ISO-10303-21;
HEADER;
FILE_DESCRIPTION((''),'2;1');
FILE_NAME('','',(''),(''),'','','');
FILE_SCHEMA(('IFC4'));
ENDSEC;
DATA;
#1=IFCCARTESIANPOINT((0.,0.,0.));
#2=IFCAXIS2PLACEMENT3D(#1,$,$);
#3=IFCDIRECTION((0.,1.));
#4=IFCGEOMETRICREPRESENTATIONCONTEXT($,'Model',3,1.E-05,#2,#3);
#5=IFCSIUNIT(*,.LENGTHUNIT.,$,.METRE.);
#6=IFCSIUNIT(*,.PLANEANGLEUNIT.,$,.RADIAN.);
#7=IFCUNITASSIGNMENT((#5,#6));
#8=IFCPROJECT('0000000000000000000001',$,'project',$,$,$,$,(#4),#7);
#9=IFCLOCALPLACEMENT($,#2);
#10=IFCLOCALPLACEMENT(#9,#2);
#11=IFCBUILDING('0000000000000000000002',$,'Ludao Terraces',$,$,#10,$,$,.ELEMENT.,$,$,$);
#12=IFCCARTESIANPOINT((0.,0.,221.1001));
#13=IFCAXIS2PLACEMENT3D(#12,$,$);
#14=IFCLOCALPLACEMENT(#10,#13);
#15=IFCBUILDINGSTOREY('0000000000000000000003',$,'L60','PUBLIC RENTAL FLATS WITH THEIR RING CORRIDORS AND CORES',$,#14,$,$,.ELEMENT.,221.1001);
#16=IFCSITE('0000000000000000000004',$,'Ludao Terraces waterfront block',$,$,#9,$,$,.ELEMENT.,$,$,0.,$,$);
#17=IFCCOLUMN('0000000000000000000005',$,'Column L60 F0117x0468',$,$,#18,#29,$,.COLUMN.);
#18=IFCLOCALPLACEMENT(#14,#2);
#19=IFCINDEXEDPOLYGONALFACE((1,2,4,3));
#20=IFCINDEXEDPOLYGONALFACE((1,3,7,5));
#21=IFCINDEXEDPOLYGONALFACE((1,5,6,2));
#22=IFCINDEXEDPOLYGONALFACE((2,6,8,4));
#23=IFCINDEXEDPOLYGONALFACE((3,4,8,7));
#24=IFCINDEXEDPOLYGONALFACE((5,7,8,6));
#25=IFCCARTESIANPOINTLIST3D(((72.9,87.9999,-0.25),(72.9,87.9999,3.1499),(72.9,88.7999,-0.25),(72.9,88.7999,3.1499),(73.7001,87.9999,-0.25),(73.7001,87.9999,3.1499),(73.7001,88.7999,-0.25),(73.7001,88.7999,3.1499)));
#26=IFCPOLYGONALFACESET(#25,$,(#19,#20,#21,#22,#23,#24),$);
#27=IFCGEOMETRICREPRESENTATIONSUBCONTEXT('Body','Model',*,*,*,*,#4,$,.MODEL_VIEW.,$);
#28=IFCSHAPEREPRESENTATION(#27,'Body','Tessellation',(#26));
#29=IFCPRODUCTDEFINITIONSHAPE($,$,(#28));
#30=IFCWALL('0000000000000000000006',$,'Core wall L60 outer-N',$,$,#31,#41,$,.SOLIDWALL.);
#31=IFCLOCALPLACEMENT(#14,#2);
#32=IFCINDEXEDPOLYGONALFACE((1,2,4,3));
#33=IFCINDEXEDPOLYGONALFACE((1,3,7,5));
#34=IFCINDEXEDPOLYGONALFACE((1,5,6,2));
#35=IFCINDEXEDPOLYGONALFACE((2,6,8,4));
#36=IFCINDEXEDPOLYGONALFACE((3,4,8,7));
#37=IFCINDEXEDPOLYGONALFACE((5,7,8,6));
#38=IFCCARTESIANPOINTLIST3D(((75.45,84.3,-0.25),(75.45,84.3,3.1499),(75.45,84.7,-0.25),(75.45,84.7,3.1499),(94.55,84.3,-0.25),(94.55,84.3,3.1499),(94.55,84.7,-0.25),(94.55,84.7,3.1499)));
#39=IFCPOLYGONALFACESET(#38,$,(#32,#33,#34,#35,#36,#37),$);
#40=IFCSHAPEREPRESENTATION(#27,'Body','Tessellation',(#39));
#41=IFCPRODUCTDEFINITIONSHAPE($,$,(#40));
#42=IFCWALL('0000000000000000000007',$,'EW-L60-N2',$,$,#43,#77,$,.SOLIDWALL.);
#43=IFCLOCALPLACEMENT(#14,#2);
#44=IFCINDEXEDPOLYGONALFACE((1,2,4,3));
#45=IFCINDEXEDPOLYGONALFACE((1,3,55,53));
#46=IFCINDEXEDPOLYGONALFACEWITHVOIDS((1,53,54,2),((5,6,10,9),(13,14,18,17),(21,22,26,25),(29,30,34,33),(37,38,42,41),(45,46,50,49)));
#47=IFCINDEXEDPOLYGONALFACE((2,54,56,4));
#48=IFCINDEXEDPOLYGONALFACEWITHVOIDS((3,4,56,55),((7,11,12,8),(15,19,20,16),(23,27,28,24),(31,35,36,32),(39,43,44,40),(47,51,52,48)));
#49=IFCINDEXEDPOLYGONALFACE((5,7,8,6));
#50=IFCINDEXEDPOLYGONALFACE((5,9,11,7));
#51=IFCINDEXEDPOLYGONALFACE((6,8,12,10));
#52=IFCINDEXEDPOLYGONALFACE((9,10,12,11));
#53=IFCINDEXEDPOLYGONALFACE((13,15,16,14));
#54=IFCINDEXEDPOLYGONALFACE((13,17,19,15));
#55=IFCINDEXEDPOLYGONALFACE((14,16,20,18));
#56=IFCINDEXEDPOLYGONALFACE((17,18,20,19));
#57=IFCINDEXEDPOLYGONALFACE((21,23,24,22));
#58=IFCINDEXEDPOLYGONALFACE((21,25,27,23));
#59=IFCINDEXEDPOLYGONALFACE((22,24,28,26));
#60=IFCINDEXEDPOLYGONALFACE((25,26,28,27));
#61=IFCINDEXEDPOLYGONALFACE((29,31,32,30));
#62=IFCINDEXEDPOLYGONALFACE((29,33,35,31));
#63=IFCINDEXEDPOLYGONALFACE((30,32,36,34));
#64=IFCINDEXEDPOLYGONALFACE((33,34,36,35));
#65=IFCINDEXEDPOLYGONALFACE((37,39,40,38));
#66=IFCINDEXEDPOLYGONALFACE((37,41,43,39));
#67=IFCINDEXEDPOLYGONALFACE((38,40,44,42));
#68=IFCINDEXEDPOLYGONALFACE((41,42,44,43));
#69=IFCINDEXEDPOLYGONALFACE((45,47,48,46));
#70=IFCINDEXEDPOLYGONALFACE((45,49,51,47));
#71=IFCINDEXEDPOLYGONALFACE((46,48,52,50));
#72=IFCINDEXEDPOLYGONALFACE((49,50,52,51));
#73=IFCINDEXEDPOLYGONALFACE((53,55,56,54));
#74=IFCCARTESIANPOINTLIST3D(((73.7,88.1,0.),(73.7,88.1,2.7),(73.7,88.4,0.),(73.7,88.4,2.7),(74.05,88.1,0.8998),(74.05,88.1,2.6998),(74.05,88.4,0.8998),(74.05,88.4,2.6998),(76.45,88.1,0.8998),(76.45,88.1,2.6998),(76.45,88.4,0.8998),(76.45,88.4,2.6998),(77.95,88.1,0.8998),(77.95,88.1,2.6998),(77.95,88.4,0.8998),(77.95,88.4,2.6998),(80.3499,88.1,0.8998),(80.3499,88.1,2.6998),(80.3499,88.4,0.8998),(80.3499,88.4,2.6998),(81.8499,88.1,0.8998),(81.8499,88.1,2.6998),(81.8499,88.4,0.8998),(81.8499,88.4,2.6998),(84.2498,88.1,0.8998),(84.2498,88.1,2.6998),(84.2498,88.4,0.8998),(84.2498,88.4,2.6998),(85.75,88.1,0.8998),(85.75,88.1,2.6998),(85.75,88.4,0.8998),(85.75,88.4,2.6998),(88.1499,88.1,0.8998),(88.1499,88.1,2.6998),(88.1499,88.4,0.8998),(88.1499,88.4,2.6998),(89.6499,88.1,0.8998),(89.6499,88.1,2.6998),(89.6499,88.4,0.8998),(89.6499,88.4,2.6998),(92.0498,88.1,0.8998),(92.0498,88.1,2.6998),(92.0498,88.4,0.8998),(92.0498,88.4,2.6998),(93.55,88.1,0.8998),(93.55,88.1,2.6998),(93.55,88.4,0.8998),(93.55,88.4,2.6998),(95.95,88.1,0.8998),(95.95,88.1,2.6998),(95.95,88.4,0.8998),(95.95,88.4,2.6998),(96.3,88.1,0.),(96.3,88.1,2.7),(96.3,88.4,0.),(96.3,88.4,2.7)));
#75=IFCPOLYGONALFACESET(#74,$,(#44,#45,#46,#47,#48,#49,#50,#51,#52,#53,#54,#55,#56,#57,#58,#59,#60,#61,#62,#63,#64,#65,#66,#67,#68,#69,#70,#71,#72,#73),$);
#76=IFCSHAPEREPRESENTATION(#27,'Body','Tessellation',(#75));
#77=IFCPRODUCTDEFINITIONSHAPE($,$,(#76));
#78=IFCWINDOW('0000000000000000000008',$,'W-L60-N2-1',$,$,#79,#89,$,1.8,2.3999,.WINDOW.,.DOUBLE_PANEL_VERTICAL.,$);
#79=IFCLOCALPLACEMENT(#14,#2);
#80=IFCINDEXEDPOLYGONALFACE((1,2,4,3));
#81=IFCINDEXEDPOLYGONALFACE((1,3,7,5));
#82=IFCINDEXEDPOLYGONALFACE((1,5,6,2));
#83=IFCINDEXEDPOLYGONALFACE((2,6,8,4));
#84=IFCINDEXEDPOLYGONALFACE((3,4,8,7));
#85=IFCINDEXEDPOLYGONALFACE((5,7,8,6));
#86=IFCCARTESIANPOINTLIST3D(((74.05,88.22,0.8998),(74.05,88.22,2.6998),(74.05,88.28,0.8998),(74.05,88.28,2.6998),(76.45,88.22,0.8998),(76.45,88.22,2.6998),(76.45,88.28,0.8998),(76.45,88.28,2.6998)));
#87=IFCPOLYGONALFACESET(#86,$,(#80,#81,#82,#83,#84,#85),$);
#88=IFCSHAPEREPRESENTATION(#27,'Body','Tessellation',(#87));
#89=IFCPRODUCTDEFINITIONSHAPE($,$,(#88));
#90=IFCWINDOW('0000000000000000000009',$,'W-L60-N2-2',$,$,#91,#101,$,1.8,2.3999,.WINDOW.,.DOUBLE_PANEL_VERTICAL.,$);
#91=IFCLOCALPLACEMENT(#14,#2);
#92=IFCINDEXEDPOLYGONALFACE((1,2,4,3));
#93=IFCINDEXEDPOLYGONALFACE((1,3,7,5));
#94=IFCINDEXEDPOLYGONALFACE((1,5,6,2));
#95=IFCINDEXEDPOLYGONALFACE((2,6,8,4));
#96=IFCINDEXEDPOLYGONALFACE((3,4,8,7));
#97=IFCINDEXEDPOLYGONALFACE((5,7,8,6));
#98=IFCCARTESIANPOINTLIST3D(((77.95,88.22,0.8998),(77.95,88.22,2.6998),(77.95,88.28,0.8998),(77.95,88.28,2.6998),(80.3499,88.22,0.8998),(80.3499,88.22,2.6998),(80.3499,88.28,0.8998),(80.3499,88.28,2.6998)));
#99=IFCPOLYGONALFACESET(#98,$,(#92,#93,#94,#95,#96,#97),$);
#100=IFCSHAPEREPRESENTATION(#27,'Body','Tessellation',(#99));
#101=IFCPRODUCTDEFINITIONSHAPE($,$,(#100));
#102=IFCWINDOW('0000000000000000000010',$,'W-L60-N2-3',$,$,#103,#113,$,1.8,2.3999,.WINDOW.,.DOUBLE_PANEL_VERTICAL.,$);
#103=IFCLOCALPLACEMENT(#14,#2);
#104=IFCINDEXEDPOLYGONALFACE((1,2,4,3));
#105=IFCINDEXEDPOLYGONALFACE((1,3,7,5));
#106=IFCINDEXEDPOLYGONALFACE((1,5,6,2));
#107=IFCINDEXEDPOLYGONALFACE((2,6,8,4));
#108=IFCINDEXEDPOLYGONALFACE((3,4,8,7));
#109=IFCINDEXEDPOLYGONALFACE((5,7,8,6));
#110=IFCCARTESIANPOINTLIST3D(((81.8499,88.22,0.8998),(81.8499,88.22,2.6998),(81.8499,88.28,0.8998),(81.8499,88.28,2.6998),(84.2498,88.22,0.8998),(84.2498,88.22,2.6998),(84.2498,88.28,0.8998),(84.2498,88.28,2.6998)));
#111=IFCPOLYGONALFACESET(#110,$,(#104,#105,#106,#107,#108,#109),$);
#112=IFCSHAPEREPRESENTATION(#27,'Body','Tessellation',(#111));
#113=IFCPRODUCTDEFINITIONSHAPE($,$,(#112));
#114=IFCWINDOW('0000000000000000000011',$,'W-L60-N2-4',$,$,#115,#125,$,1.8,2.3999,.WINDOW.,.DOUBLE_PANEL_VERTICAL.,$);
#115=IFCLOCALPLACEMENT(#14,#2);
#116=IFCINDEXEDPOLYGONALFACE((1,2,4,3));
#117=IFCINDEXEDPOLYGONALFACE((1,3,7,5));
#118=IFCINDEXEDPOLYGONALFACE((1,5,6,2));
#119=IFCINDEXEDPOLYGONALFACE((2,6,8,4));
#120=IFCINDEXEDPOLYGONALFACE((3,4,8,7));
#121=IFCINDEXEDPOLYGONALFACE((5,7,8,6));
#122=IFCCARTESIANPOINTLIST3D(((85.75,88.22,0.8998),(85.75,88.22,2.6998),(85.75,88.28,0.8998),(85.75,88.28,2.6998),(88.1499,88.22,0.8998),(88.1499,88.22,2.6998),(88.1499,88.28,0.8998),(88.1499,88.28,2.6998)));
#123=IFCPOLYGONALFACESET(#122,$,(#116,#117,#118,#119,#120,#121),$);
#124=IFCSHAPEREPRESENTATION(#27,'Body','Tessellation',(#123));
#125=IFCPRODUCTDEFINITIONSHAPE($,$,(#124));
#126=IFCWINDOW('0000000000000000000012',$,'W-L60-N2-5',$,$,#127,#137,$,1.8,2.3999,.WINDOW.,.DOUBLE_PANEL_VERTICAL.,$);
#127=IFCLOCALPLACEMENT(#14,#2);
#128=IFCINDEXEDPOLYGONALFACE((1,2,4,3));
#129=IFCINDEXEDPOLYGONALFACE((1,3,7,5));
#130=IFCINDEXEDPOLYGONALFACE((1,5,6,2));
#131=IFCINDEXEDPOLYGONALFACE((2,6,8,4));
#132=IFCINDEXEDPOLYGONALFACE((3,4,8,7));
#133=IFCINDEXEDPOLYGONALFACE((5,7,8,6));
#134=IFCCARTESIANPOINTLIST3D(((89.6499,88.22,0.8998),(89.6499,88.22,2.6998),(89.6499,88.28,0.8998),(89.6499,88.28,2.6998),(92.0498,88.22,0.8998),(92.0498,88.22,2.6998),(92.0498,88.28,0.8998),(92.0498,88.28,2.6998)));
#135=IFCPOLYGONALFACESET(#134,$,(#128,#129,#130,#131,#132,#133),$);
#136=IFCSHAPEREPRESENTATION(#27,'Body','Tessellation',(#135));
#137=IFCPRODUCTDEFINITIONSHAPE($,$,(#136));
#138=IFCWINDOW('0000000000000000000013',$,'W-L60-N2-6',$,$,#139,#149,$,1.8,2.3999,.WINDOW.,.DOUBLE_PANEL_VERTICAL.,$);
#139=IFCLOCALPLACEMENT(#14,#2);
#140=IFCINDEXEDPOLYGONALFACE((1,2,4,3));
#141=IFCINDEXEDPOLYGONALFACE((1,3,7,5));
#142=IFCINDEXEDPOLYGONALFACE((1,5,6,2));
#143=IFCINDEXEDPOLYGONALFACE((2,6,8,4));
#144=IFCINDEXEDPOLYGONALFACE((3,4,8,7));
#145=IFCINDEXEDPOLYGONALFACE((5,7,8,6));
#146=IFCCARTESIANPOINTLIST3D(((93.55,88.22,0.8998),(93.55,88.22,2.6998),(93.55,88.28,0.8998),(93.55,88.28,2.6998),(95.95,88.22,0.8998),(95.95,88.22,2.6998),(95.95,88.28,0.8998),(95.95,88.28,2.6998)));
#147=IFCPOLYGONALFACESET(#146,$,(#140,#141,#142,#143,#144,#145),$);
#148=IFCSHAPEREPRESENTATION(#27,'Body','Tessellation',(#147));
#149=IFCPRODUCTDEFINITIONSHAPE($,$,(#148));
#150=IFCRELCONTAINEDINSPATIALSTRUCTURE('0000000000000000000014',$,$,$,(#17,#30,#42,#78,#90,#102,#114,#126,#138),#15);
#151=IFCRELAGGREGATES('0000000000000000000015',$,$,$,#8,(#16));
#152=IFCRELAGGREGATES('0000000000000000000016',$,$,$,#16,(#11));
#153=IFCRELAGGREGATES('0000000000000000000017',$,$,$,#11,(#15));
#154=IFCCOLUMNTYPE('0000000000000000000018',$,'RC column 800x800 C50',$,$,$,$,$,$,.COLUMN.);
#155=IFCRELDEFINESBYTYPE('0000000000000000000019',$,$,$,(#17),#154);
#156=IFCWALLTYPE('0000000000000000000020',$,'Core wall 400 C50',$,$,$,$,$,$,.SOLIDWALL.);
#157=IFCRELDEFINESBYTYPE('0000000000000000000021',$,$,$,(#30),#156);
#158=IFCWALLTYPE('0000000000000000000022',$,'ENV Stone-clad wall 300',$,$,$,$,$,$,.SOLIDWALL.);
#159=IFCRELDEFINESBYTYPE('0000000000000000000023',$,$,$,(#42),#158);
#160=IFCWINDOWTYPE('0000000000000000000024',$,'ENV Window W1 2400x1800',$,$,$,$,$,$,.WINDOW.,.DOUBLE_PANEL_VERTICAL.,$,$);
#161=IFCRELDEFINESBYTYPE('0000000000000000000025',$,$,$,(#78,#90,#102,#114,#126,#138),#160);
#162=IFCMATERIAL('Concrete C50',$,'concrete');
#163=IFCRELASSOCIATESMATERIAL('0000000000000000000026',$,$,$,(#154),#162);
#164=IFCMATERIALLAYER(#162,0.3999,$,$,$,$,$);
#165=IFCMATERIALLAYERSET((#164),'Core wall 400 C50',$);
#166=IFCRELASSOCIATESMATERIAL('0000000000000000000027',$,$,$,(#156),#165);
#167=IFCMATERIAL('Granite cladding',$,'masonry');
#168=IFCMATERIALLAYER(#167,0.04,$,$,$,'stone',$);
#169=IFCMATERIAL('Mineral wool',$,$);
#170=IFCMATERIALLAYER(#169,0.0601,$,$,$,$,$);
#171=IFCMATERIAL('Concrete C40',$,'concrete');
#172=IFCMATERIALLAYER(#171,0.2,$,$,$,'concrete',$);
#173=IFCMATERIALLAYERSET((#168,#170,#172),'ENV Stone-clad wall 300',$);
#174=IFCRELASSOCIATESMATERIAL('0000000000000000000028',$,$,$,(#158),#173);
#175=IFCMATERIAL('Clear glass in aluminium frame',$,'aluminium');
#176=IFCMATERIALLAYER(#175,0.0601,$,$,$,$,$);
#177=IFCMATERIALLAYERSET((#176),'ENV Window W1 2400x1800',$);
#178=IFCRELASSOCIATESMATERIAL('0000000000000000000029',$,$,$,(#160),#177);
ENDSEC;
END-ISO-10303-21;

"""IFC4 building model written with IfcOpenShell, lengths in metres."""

from ifc_helpers import new_model, si_unit, direction, frame, frame_2d, origin, origin_2d, place, context, subcontext, project, spatial, rectangle, extrude, material, layer, layer_set, material_profile, profile_set, type_object, element, fill, save


model = new_model("IFC4")

# Units and contexts
model_context = context("Model", 3, precision=1e-05, world=origin(), true_north=direction((0.0, 1.0)))
body_context = subcontext(model_context, "Body", "Model", "MODEL_VIEW")
ifc_project = project(units=[si_unit("LENGTHUNIT", "METRE"), si_unit("PLANEANGLEUNIT", "RADIAN")], contexts=[model_context])

# Site, building, storey
site_placement = place(None, origin())
site = spatial("IfcSite", under=ifc_project, at=site_placement, Name="Ludao Terraces waterfront block", CompositionType="ELEMENT", RefElevation=0.0)
building_placement = place(site_placement, origin())
building = spatial("IfcBuilding", under=site, at=building_placement, Name="Ludao Terraces", CompositionType="ELEMENT")
storey_placement = place(building_placement, frame((0.0, 0.0, 221.1001)))
storey = spatial("IfcBuildingStorey", under=building, at=storey_placement, Name="L60", Description="PUBLIC RENTAL FLATS WITH THEIR RING CORRIDORS AND CORES", CompositionType="ELEMENT", Elevation=221.1001)

# Column
ifc_material_1 = material(Name="Concrete C50", Category="concrete")
ifc_material_profile = material_profile(ifc_material_1, rectangle(XDim=0.8, YDim=0.8, at=origin_2d()), Name="800 X 800")
ifc_profile_set = profile_set([ifc_material_profile], Name="Concrete C50")
column_type = type_object("IfcColumnType", Name="RC column 800x800 C50", PredefinedType="COLUMN", material=ifc_profile_set)
column_placement = place(storey_placement, frame((73.3, 88.3999, -0.25), z_axis=(0.0, 0.0, 1.0), x_axis=(1.0, 0.0, 0.0)))
element("IfcColumn", 1, at=column_placement, inside=storey, type_object=column_type, Name="Column L60 F0117x0468", PredefinedType="COLUMN", context=body_context, shape_type="SweptSolid", body=[
    extrude(rectangle(XDim=0.8, YDim=0.8, at=origin_2d()), origin(), (0.0, 0.0, 1.0), 3.3999),
])

# Wall
ifc_layer_1 = layer(ifc_material_1, 0.3999)
ifc_layer_set_1 = layer_set([ifc_layer_1], Name="Core wall 400 C50")
wall_type_1 = type_object("IfcWallType", Name="Core wall 400 C50", PredefinedType="SOLIDWALL", material=ifc_layer_set_1)
wall_1_placement = place(storey_placement, frame((75.45, 84.5, -0.25), z_axis=(0.0, 0.0, 1.0), x_axis=(1.0, 0.0, 0.0)))
element("IfcWall", 2, at=wall_1_placement, inside=storey, type_object=wall_type_1, Name="Core wall L60 outer-N", PredefinedType="SOLIDWALL", context=body_context, shape_type="SweptSolid", body=[
    extrude(rectangle(XDim=19.1001, YDim=0.3999, at=frame_2d((9.55, 0.0))), origin(), (0.0, 0.0, 1.0), 3.3999),
])

# Wall, openings, windows
ifc_material_2 = material(Name="Granite cladding", Category="masonry")
ifc_layer_2 = layer(ifc_material_2, 0.04, Category="stone")
ifc_material_3 = material(Name="Mineral wool")
ifc_layer_3 = layer(ifc_material_3, 0.0601)
ifc_material_4 = material(Name="Concrete C40", Category="concrete")
ifc_layer_4 = layer(ifc_material_4, 0.2, Category="concrete")
ifc_layer_set_2 = layer_set([ifc_layer_2, ifc_layer_3, ifc_layer_4], Name="ENV Stone-clad wall 300")
wall_type_2 = type_object("IfcWallType", Name="ENV Stone-clad wall 300", PredefinedType="SOLIDWALL", material=ifc_layer_set_2)
wall_2_placement = place(storey_placement, frame((73.7, 88.25, 0.0), z_axis=(0.0, 0.0, 1.0), x_axis=(1.0, 0.0, 0.0)))
wall_2 = element("IfcWall", 3, at=wall_2_placement, inside=storey, type_object=wall_type_2, Name="EW-L60-N2", PredefinedType="SOLIDWALL", context=body_context, shape_type="SweptSolid", body=[
    extrude(rectangle(XDim=22.6001, YDim=0.3, at=frame_2d((11.3, 0.0))), origin(), (0.0, 0.0, 1.0), 2.7),
])
opening_1_placement = place(wall_2_placement, frame((0.3501, 0.0, 0.8999)))
opening_1 = element("IfcOpeningElement", 4, at=opening_1_placement, cuts=wall_2, PredefinedType="OPENING", context=body_context, shape_type="SweptSolid", body=[
    extrude(rectangle(XDim=2.3999, YDim=1.8, at=frame_2d((1.2, 0.8999))), frame((0.0, 0.1602, 0.0), z_axis=(0.0, -1.0, 0.0), x_axis=(1.0, 0.0, 0.0)), (0.0, 0.0, 1.0), 0.3201),
])
opening_2_placement = place(wall_2_placement, frame((4.25, 0.0, 0.8999)))
opening_2 = element("IfcOpeningElement", 5, at=opening_2_placement, cuts=wall_2, PredefinedType="OPENING", context=body_context, shape_type="SweptSolid", body=[
    extrude(rectangle(XDim=2.3999, YDim=1.8, at=frame_2d((1.2, 0.8999))), frame((0.0, 0.1602, 0.0), z_axis=(0.0, -1.0, 0.0), x_axis=(1.0, 0.0, 0.0)), (0.0, 0.0, 1.0), 0.3201),
])
opening_3_placement = place(wall_2_placement, frame((8.1499, 0.0, 0.8999)))
opening_3 = element("IfcOpeningElement", 6, at=opening_3_placement, cuts=wall_2, PredefinedType="OPENING", context=body_context, shape_type="SweptSolid", body=[
    extrude(rectangle(XDim=2.3999, YDim=1.8, at=frame_2d((1.2, 0.8999))), frame((0.0, 0.1602, 0.0), z_axis=(0.0, -1.0, 0.0), x_axis=(1.0, 0.0, 0.0)), (0.0, 0.0, 1.0), 0.3201),
])
opening_4_placement = place(wall_2_placement, frame((12.05, 0.0, 0.8999)))
opening_4 = element("IfcOpeningElement", 7, at=opening_4_placement, cuts=wall_2, PredefinedType="OPENING", context=body_context, shape_type="SweptSolid", body=[
    extrude(rectangle(XDim=2.3999, YDim=1.8, at=frame_2d((1.2, 0.8999))), frame((0.0, 0.1602, 0.0), z_axis=(0.0, -1.0, 0.0), x_axis=(1.0, 0.0, 0.0)), (0.0, 0.0, 1.0), 0.3201),
])
opening_5_placement = place(wall_2_placement, frame((15.95, 0.0, 0.8999)))
opening_5 = element("IfcOpeningElement", 8, at=opening_5_placement, cuts=wall_2, PredefinedType="OPENING", context=body_context, shape_type="SweptSolid", body=[
    extrude(rectangle(XDim=2.3999, YDim=1.8, at=frame_2d((1.2, 0.8999))), frame((0.0, 0.1602, 0.0), z_axis=(0.0, -1.0, 0.0), x_axis=(1.0, 0.0, 0.0)), (0.0, 0.0, 1.0), 0.3201),
])
opening_6_placement = place(wall_2_placement, frame((19.8501, 0.0, 0.8999)))
opening_6 = element("IfcOpeningElement", 9, at=opening_6_placement, cuts=wall_2, PredefinedType="OPENING", context=body_context, shape_type="SweptSolid", body=[
    extrude(rectangle(XDim=2.3999, YDim=1.8, at=frame_2d((1.2, 0.8999))), frame((0.0, 0.1602, 0.0), z_axis=(0.0, -1.0, 0.0), x_axis=(1.0, 0.0, 0.0)), (0.0, 0.0, 1.0), 0.3201),
])
ifc_material_5 = material(Name="Clear glass in aluminium frame", Category="aluminium")
ifc_layer_5 = layer(ifc_material_5, 0.0601)
ifc_layer_set_3 = layer_set([ifc_layer_5], Name="ENV Window W1 2400x1800")
window_type = type_object("IfcWindowType", Name="ENV Window W1 2400x1800", PartitioningType="DOUBLE_PANEL_VERTICAL", PredefinedType="WINDOW", material=ifc_layer_set_3)
window_1_placement = place(opening_1_placement, origin())
window_1 = element("IfcWindow", 10, at=window_1_placement, inside=storey, type_object=window_type, Name="W-L60-N2-1", OverallHeight=1.8, OverallWidth=2.3999, PartitioningType="DOUBLE_PANEL_VERTICAL", PredefinedType="WINDOW", context=body_context, shape_type="SweptSolid", body=[
    extrude(rectangle(XDim=2.3999, YDim=1.8, at=frame_2d((1.2, 0.8999))), frame((0.0, 0.03, 0.0), z_axis=(0.0, -1.0, 0.0), x_axis=(1.0, 0.0, 0.0)), (0.0, 0.0, 1.0), 0.0601),
])
fill(opening_1, window_1)
window_2_placement = place(opening_2_placement, origin())
window_2 = element("IfcWindow", 11, at=window_2_placement, inside=storey, type_object=window_type, Name="W-L60-N2-2", OverallHeight=1.8, OverallWidth=2.3999, PartitioningType="DOUBLE_PANEL_VERTICAL", PredefinedType="WINDOW", context=body_context, shape_type="SweptSolid", body=[
    extrude(rectangle(XDim=2.3999, YDim=1.8, at=frame_2d((1.2, 0.8999))), frame((0.0, 0.03, 0.0), z_axis=(0.0, -1.0, 0.0), x_axis=(1.0, 0.0, 0.0)), (0.0, 0.0, 1.0), 0.0601),
])
fill(opening_2, window_2)
window_3_placement = place(opening_3_placement, origin())
window_3 = element("IfcWindow", 12, at=window_3_placement, inside=storey, type_object=window_type, Name="W-L60-N2-3", OverallHeight=1.8, OverallWidth=2.3999, PartitioningType="DOUBLE_PANEL_VERTICAL", PredefinedType="WINDOW", context=body_context, shape_type="SweptSolid", body=[
    extrude(rectangle(XDim=2.3999, YDim=1.8, at=frame_2d((1.2, 0.8999))), frame((0.0, 0.03, 0.0), z_axis=(0.0, -1.0, 0.0), x_axis=(1.0, 0.0, 0.0)), (0.0, 0.0, 1.0), 0.0601),
])
fill(opening_3, window_3)
window_4_placement = place(opening_4_placement, origin())
window_4 = element("IfcWindow", 13, at=window_4_placement, inside=storey, type_object=window_type, Name="W-L60-N2-4", OverallHeight=1.8, OverallWidth=2.3999, PartitioningType="DOUBLE_PANEL_VERTICAL", PredefinedType="WINDOW", context=body_context, shape_type="SweptSolid", body=[
    extrude(rectangle(XDim=2.3999, YDim=1.8, at=frame_2d((1.2, 0.8999))), frame((0.0, 0.03, 0.0), z_axis=(0.0, -1.0, 0.0), x_axis=(1.0, 0.0, 0.0)), (0.0, 0.0, 1.0), 0.0601),
])
fill(opening_4, window_4)
window_5_placement = place(opening_5_placement, origin())
window_5 = element("IfcWindow", 14, at=window_5_placement, inside=storey, type_object=window_type, Name="W-L60-N2-5", OverallHeight=1.8, OverallWidth=2.3999, PartitioningType="DOUBLE_PANEL_VERTICAL", PredefinedType="WINDOW", context=body_context, shape_type="SweptSolid", body=[
    extrude(rectangle(XDim=2.3999, YDim=1.8, at=frame_2d((1.2, 0.8999))), frame((0.0, 0.03, 0.0), z_axis=(0.0, -1.0, 0.0), x_axis=(1.0, 0.0, 0.0)), (0.0, 0.0, 1.0), 0.0601),
])
fill(opening_5, window_5)
window_6_placement = place(opening_6_placement, origin())
window_6 = element("IfcWindow", 15, at=window_6_placement, inside=storey, type_object=window_type, Name="W-L60-N2-6", OverallHeight=1.8, OverallWidth=2.3999, PartitioningType="DOUBLE_PANEL_VERTICAL", PredefinedType="WINDOW", context=body_context, shape_type="SweptSolid", body=[
    extrude(rectangle(XDim=2.3999, YDim=1.8, at=frame_2d((1.2, 0.8999))), frame((0.0, 0.03, 0.0), z_axis=(0.0, -1.0, 0.0), x_axis=(1.0, 0.0, 0.0)), (0.0, 0.0, 1.0), 0.0601),
])
fill(opening_6, window_6)

save(model, "model.ifc")
